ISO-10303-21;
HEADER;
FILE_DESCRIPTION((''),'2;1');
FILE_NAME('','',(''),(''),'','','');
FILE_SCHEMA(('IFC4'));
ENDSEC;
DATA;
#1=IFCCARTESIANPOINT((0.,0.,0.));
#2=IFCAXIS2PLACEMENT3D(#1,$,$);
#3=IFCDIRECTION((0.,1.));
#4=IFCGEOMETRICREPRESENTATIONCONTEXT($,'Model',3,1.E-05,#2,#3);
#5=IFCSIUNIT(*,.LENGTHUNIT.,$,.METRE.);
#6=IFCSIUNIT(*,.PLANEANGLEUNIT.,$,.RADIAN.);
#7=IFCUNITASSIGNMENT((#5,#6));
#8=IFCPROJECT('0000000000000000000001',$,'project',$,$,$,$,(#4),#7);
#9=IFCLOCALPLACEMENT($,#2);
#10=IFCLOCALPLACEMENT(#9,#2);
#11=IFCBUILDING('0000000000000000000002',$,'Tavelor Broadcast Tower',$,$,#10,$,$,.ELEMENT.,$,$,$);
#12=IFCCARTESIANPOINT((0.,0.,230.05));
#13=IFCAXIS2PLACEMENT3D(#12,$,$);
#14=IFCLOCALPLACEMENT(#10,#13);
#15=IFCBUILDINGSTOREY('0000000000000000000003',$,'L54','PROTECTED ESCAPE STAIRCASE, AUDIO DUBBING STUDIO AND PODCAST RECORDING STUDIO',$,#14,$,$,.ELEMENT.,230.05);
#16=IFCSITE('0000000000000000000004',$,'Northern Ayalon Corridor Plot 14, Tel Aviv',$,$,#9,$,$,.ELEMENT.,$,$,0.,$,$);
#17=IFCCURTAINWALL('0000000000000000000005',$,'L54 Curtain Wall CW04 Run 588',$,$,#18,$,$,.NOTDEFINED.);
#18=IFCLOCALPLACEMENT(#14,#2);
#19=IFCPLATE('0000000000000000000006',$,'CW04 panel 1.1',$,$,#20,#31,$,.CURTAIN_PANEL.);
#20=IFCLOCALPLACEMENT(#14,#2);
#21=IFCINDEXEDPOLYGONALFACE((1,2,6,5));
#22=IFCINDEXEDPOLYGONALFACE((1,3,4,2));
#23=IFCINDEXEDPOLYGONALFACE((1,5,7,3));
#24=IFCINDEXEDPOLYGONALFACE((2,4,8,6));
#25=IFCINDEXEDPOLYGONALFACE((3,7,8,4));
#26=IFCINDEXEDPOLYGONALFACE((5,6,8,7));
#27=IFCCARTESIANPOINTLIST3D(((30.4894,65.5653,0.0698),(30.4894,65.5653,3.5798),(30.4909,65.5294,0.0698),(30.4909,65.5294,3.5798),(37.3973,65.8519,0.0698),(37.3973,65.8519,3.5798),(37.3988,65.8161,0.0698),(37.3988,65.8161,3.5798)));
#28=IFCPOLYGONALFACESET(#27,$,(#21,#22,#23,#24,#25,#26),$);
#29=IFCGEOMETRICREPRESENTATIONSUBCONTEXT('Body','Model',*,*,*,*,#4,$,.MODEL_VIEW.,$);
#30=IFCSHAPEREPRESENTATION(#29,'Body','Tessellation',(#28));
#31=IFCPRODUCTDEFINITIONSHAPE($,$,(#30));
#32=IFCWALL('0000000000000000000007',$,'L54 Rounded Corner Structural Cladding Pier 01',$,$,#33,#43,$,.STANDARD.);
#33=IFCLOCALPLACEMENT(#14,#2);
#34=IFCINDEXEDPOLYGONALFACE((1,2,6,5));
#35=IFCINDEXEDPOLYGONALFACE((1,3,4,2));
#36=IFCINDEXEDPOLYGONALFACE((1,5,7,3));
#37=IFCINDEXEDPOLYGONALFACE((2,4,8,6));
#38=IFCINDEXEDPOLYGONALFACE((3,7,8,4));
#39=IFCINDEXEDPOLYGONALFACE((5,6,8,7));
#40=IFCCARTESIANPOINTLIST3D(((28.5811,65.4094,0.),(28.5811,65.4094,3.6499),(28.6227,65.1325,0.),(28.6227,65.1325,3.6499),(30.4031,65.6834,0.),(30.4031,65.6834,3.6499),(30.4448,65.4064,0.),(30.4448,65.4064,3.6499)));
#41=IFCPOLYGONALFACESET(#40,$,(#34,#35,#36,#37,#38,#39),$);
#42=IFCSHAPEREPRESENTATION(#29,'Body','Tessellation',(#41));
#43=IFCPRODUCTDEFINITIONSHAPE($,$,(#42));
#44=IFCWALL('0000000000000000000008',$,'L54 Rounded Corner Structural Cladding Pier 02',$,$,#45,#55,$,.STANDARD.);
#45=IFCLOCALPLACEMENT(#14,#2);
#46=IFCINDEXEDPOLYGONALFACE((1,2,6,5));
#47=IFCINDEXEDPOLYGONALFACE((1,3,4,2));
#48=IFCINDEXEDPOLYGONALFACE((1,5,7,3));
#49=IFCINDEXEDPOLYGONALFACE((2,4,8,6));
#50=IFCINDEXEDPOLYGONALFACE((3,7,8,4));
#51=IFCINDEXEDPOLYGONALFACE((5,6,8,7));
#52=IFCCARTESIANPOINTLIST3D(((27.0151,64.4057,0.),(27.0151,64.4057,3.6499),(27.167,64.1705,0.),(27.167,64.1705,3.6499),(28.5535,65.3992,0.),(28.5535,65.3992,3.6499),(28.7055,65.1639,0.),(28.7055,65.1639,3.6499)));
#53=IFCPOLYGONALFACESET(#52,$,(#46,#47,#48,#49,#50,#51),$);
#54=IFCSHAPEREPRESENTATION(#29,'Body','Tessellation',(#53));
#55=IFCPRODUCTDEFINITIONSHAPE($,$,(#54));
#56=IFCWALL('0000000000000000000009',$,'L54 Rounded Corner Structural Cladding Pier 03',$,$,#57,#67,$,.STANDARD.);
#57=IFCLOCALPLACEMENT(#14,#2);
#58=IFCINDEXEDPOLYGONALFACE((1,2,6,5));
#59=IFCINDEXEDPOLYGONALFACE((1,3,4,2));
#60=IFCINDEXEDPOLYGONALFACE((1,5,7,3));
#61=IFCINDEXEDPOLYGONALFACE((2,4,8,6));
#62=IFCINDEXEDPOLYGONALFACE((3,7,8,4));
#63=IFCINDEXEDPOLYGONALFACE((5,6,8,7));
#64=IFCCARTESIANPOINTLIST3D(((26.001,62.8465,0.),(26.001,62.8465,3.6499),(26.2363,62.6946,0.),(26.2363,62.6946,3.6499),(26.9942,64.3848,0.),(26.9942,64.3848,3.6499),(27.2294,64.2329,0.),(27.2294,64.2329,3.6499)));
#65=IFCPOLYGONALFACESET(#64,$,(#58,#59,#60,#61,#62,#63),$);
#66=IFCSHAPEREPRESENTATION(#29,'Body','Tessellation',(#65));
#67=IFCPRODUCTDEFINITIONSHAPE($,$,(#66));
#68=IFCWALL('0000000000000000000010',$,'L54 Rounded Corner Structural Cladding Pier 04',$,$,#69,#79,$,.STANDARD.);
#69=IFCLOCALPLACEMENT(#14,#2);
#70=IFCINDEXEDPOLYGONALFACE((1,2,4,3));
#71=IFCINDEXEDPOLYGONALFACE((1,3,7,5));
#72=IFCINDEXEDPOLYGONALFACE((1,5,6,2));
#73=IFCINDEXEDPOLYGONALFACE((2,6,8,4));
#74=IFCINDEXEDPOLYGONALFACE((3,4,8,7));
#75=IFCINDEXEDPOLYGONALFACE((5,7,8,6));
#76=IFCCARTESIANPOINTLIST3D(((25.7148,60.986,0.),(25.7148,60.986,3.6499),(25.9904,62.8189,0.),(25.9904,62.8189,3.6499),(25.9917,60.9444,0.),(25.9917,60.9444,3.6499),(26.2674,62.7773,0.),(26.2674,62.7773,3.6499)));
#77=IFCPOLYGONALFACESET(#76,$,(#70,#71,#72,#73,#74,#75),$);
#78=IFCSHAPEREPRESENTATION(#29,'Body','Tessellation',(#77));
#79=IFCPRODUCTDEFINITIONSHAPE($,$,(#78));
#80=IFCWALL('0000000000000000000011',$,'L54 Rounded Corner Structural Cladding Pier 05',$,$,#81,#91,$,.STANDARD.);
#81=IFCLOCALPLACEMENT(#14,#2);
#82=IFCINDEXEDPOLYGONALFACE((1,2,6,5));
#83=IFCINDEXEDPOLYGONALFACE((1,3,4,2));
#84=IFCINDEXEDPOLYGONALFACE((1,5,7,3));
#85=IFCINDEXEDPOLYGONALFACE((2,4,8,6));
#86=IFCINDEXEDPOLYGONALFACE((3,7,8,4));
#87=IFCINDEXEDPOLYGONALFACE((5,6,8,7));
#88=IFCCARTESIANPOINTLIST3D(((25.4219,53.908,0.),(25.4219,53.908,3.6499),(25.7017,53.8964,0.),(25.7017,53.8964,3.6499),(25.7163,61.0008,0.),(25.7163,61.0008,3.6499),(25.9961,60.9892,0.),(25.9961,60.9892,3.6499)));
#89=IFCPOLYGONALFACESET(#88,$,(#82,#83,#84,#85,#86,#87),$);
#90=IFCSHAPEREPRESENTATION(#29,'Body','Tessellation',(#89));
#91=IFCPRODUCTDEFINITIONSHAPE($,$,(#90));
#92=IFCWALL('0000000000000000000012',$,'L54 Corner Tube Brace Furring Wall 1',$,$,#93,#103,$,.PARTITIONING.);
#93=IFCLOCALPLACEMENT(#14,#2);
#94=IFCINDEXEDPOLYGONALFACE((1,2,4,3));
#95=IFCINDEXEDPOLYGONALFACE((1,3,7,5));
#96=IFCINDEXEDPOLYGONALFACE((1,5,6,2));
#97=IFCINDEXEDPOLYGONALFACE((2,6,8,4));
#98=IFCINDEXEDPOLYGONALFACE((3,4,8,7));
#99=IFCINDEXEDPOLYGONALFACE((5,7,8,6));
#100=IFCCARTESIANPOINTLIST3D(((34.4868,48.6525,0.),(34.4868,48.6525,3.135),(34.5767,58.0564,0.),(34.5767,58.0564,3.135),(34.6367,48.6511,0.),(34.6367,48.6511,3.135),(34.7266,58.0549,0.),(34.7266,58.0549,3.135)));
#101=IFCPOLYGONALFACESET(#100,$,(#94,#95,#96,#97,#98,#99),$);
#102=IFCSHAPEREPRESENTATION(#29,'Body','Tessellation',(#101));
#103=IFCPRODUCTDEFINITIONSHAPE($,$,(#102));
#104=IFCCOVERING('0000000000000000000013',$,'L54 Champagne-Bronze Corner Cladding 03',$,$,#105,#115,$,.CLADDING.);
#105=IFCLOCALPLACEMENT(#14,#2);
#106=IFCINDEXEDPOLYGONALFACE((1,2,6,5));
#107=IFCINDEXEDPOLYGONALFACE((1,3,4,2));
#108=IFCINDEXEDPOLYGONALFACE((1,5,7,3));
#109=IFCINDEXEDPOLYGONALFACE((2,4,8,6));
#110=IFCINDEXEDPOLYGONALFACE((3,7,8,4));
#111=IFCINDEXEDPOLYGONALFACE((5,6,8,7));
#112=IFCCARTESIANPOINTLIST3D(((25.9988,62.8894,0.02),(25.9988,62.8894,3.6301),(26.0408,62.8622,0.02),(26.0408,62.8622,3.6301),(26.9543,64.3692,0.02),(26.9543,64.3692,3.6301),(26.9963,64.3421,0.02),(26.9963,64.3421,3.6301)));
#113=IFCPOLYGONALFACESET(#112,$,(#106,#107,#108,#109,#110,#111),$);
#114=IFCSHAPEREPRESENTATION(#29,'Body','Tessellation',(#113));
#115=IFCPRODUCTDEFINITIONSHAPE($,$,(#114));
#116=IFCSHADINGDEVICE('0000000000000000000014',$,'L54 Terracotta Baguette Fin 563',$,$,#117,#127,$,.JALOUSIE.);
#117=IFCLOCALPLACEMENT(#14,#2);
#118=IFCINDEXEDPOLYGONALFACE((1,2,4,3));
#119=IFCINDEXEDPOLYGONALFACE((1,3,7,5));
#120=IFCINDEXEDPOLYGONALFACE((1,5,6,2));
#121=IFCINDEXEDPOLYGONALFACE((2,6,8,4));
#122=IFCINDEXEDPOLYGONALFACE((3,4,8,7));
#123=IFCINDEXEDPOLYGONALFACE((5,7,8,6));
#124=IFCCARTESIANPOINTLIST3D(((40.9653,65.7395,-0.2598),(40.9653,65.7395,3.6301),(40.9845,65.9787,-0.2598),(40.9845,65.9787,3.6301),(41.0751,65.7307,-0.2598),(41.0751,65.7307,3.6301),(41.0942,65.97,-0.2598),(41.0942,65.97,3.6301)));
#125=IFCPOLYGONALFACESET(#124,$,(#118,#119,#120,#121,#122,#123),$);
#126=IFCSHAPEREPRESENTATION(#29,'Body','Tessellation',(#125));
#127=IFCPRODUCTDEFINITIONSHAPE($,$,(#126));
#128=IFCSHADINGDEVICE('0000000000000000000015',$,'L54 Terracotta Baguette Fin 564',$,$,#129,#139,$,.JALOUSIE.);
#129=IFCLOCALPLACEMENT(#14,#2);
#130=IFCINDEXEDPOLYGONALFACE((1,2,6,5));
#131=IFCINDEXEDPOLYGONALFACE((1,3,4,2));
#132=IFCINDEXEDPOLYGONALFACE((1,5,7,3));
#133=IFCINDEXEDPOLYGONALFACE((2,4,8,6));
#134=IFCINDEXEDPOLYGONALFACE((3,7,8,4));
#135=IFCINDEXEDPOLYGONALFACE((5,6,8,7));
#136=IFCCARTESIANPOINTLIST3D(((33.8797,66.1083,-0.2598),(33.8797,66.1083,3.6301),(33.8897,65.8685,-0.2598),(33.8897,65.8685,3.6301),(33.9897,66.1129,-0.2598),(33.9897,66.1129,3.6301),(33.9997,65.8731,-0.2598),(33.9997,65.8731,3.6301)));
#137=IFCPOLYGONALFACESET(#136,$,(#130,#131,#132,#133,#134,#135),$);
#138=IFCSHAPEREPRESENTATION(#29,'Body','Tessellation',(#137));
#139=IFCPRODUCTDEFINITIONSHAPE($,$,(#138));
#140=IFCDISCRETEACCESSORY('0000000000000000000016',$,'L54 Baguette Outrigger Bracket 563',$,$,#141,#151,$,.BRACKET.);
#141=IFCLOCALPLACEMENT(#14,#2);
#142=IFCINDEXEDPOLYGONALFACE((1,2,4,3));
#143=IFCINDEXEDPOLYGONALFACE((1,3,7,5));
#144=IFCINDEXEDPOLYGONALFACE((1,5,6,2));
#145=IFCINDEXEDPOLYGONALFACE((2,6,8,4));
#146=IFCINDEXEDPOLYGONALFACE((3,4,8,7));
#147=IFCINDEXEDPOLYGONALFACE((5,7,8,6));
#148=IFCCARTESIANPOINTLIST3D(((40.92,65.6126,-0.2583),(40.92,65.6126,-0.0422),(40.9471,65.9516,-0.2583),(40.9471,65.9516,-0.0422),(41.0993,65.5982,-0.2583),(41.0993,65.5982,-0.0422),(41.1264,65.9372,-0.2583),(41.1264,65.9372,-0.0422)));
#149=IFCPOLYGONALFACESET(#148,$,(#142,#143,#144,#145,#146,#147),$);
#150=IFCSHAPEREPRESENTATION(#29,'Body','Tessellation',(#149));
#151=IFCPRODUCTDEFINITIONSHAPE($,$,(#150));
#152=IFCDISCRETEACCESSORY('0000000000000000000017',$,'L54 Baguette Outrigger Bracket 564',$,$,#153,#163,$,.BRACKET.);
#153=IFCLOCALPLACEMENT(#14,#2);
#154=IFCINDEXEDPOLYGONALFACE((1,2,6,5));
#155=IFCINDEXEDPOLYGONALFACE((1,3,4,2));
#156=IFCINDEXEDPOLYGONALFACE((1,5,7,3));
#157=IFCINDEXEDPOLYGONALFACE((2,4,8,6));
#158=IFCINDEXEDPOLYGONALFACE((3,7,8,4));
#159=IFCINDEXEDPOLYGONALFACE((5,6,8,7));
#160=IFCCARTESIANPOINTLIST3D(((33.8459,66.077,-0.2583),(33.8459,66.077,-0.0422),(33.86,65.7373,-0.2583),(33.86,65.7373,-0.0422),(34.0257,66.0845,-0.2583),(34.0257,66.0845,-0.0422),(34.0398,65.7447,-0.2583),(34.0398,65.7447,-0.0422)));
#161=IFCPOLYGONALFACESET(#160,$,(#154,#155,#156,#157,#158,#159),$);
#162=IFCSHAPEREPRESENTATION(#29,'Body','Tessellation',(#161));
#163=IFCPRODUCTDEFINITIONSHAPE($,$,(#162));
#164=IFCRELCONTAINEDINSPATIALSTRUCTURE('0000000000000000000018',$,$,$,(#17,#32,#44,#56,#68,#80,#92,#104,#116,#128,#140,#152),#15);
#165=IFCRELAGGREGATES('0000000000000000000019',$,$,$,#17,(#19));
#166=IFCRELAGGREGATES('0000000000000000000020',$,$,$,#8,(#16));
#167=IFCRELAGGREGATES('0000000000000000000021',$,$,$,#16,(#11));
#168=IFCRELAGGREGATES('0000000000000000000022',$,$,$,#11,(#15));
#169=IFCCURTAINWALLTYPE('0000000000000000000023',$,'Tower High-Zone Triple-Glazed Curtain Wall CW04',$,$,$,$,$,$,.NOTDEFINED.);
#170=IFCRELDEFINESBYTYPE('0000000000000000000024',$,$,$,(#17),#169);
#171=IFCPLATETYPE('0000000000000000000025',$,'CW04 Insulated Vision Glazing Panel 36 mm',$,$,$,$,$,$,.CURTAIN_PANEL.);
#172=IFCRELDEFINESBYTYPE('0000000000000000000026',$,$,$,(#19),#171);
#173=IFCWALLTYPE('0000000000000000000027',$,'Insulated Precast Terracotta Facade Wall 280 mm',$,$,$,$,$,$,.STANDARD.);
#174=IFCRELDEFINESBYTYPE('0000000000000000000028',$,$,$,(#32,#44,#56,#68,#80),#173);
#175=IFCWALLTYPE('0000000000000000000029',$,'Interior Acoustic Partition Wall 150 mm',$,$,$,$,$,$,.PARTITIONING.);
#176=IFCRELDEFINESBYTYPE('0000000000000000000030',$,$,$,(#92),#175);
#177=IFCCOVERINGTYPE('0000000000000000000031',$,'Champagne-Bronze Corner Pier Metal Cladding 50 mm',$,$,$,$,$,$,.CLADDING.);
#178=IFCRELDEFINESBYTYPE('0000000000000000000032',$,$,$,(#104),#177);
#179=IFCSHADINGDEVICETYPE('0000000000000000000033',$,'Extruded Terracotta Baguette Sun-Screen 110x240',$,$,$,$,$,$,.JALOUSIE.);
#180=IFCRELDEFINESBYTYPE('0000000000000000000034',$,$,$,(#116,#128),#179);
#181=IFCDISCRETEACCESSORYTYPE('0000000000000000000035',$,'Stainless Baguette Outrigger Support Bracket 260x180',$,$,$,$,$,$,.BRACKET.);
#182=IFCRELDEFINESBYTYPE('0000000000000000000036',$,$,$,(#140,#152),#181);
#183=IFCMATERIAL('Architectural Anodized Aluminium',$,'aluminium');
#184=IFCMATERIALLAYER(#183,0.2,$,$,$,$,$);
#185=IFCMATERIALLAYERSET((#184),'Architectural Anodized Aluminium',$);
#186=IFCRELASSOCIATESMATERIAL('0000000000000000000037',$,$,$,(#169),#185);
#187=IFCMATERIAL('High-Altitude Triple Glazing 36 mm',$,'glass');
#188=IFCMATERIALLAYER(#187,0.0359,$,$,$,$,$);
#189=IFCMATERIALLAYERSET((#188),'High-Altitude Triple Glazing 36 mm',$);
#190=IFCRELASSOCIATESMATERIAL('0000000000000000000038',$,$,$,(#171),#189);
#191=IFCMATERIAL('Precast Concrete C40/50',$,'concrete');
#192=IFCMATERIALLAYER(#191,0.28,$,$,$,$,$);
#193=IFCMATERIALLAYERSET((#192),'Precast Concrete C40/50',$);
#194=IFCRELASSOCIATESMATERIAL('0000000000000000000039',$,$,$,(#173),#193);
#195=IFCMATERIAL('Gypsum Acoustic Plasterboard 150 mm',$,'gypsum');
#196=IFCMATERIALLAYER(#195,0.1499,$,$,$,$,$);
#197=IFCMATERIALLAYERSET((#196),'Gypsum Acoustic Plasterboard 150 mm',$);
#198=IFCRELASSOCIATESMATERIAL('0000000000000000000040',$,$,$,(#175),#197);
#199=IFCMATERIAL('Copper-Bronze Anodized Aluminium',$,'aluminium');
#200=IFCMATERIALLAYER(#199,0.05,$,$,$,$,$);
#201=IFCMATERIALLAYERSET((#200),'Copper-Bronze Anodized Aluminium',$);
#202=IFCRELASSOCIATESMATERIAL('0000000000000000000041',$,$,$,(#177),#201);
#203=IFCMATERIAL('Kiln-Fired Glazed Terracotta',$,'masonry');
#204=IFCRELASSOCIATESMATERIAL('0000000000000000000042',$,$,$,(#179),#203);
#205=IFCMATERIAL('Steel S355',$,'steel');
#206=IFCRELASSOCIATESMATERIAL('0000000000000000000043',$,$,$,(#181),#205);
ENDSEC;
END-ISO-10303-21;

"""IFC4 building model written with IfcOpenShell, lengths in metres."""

from ifc_helpers import new_model, si_unit, direction, frame, frame_2d, origin, origin_2d, place, context, subcontext, project, spatial, rectangle, extrude, source, transform, mapped, material, layer, layer_set, type_object, type_shapes, element, aggregate, save


model = new_model("IFC4")

# Units and contexts
model_context = context("Model", 3, precision=1e-05, world=origin(), true_north=direction((0.0, 1.0)))
body_context = subcontext(model_context, "Body", "Model", "MODEL_VIEW")
ifc_project = project(units=[si_unit("LENGTHUNIT", "METRE"), si_unit("PLANEANGLEUNIT", "RADIAN")], contexts=[model_context])

# Site, building, storey
site_placement = place(None, origin())
site = spatial("IfcSite", under=ifc_project, at=site_placement, Name="Northern Ayalon Corridor Plot 14, Tel Aviv", CompositionType="ELEMENT", RefElevation=0.0)
building_placement = place(site_placement, origin())
building = spatial("IfcBuilding", under=site, at=building_placement, Name="Tavelor Broadcast Tower", CompositionType="ELEMENT")
storey_placement = place(building_placement, frame((0.0, 0.0, 230.05)))
storey = spatial("IfcBuildingStorey", under=building, at=storey_placement, Name="L54", Description="PROTECTED ESCAPE STAIRCASE, AUDIO DUBBING STUDIO AND PODCAST RECORDING STUDIO", CompositionType="ELEMENT", Elevation=230.05)

# Shared definitions
ifc_material_1 = material(Name="Steel S355", Category="steel")

# Shared definitions
ifc_material_2 = material(Name="Architectural Anodized Aluminium", Category="aluminium")
ifc_layer_1 = layer(ifc_material_2, 0.2)
ifc_layer_set_1 = layer_set([ifc_layer_1], Name="Architectural Anodized Aluminium")
curtain_wall_type = type_object("IfcCurtainWallType", Name="Tower High-Zone Triple-Glazed Curtain Wall CW04", PredefinedType="NOTDEFINED", material=ifc_layer_set_1)

# Curtain wall
curtain_wall_1_placement = place(storey_placement, origin())
curtain_wall_1 = element("IfcCurtainWall", 1, at=curtain_wall_1_placement, inside=storey, type_object=curtain_wall_type, Name="L54 Curtain Wall CW04 Run 588", PredefinedType="NOTDEFINED")

# Plate
ifc_material_3 = material(Name="High-Altitude Triple Glazing 36 mm", Category="glass")
ifc_layer_2 = layer(ifc_material_3, 0.0359)
ifc_layer_set_2 = layer_set([ifc_layer_2], Name="High-Altitude Triple Glazing 36 mm")
plate_type_1 = type_object("IfcPlateType", Name="CW04 Insulated Vision Glazing Panel 36 mm", PredefinedType="CURTAIN_PANEL", material=ifc_layer_set_2)
shared_shape_1 = source(origin(), body_context, "Body", "SweptSolid", [
    extrude(rectangle(XDim=6.9138, YDim=0.0359, at=origin_2d()), origin(), (0.0, 0.0, 1.0), 3.51),
])
plate_1_placement = place(storey_placement, frame((33.9441, 65.6907, 0.0698), z_axis=(0.0, 0.0, 1.0), x_axis=(-0.99914, -0.041467, 0.0)))
plate_1 = element("IfcPlate", 2, at=plate_1_placement, type_object=plate_type_1, Name="CW04 panel 1.1", PredefinedType="CURTAIN_PANEL", context=body_context, shape_type="MappedRepresentation", body=[
    mapped(shared_shape_1, transform((0.0, 0.0, 0.0), scale=1.0)),
])
aggregate(curtain_wall_1, [plate_1])

# Walls
ifc_material_4 = material(Name="Precast Concrete C40/50", Category="concrete")
ifc_layer_3 = layer(ifc_material_4, 0.28)
ifc_layer_set_3 = layer_set([ifc_layer_3], Name="Precast Concrete C40/50")
wall_type_1 = type_object("IfcWallType", Name="Insulated Precast Terracotta Facade Wall 280 mm", PredefinedType="STANDARD", material=ifc_layer_set_3)
wall_1_placement = place(storey_placement, frame((30.4241, 65.5449, 0.0), z_axis=(0.0, 0.0, 1.0), x_axis=(-0.988887, -0.148671, 0.0)))
element("IfcWall", 3, at=wall_1_placement, inside=storey, type_object=wall_type_1, Name="L54 Rounded Corner Structural Cladding Pier 01", PredefinedType="STANDARD", context=body_context, shape_type="SweptSolid", body=[
    extrude(rectangle(XDim=1.8425, YDim=0.28, at=frame_2d((0.9214, 0.0))), origin(), (0.0, 0.0, 1.0), 3.6499),
])
wall_2_placement = place(storey_placement, frame((28.6294, 65.2815, 0.0), z_axis=(0.0, 0.0, 1.0), x_axis=(-0.840063, -0.542488, 0.0)))
element("IfcWall", 4, at=wall_2_placement, inside=storey, type_object=wall_type_1, Name="L54 Rounded Corner Structural Cladding Pier 02", PredefinedType="STANDARD", context=body_context, shape_type="SweptSolid", body=[
    extrude(rectangle(XDim=1.8313, YDim=0.28, at=frame_2d((0.9155, 0.0))), origin(), (0.0, 0.0, 1.0), 3.6499),
])
wall_3_placement = place(storey_placement, frame((27.1118, 64.3088, 0.0), z_axis=(0.0, 0.0, 1.0), x_axis=(-0.542394, -0.840124, 0.0)))
element("IfcWall", 5, at=wall_3_placement, inside=storey, type_object=wall_type_1, Name="L54 Rounded Corner Structural Cladding Pier 03", PredefinedType="STANDARD", context=body_context, shape_type="SweptSolid", body=[
    extrude(rectangle(XDim=1.8311, YDim=0.28, at=frame_2d((0.9155, 0.0))), origin(), (0.0, 0.0, 1.0), 3.6499),
])
wall_4_placement = place(storey_placement, frame((26.1289, 62.7981, 0.0), z_axis=(0.0, 0.0, 1.0), x_axis=(-0.148701, -0.988882, 0.0)))
element("IfcWall", 6, at=wall_4_placement, inside=storey, type_object=wall_type_1, Name="L54 Rounded Corner Structural Cladding Pier 04", PredefinedType="STANDARD", context=body_context, shape_type="SweptSolid", body=[
    extrude(rectangle(XDim=1.8535, YDim=0.28, at=frame_2d((0.9268, 0.0))), origin(), (0.0, 0.0, 1.0), 3.6499),
])
wall_5_placement = place(storey_placement, frame((25.8562, 60.9949, 0.0), z_axis=(0.0, 0.0, 1.0), x_axis=(-0.041476, -0.999139, 0.0)))
element("IfcWall", 7, at=wall_5_placement, inside=storey, type_object=wall_type_1, Name="L54 Rounded Corner Structural Cladding Pier 05", PredefinedType="STANDARD", context=body_context, shape_type="SweptSolid", body=[
    extrude(rectangle(XDim=7.0989, YDim=0.28, at=frame_2d((3.5493, 0.0))), origin(), (0.0, 0.0, 1.0), 3.6499),
])
ifc_material_5 = material(Name="Gypsum Acoustic Plasterboard 150 mm", Category="gypsum")
ifc_layer_4 = layer(ifc_material_5, 0.1499)
ifc_layer_set_4 = layer_set([ifc_layer_4], Name="Gypsum Acoustic Plasterboard 150 mm")
wall_type_2 = type_object("IfcWallType", Name="Interior Acoustic Partition Wall 150 mm", PredefinedType="PARTITIONING", material=ifc_layer_set_4)
wall_6_placement = place(storey_placement, frame((34.6516, 58.0557, 0.0), z_axis=(0.0, 0.0, 1.0), x_axis=(-0.009554, -0.999954, 0.0)))
element("IfcWall", 8, at=wall_6_placement, inside=storey, type_object=wall_type_2, Name="L54 Corner Tube Brace Furring Wall 1", PredefinedType="PARTITIONING", context=body_context, shape_type="SweptSolid", body=[
    extrude(rectangle(XDim=9.4043, YDim=0.1499, at=frame_2d((4.7021, 0.0))), origin(), (0.0, 0.0, 1.0), 3.135),
])

# Covering
ifc_material_6 = material(Name="Copper-Bronze Anodized Aluminium", Category="aluminium")
ifc_layer_5 = layer(ifc_material_6, 0.05)
ifc_layer_set_5 = layer_set([ifc_layer_5], Name="Copper-Bronze Anodized Aluminium")
covering_type = type_object("IfcCoveringType", Name="Champagne-Bronze Corner Pier Metal Cladding 50 mm", PredefinedType="CLADDING", material=ifc_layer_set_5)
covering_placement = place(storey_placement, frame((26.4976, 63.6157, 0.02), z_axis=(0.0, 0.0, 1.0), x_axis=(-0.542442, -0.840094, 0.0)))
element("IfcCovering", 9, at=covering_placement, inside=storey, type_object=covering_type, Name="L54 Champagne-Bronze Corner Cladding 03", PredefinedType="CLADDING", context=body_context, shape_type="SweptSolid", body=[
    extrude(rectangle(XDim=1.7615, YDim=0.05, at=origin_2d()), origin(), (0.0, 0.0, 1.0), 3.6101),
])

# Shading devices
ifc_material_7 = material(Name="Kiln-Fired Glazed Terracotta", Category="masonry")
shading_device_type = type_object("IfcShadingDeviceType", Name="Extruded Terracotta Baguette Sun-Screen 110x240", PredefinedType="JALOUSIE", material=ifc_material_7)
shared_shape_2 = source(origin(), body_context, "Body", "SweptSolid", [
    extrude(rectangle(XDim=0.1101, YDim=0.24, at=origin_2d()), origin(), (0.0, 0.0, 1.0), 3.8899),
])
type_shapes(shading_device_type, [shared_shape_2])
for number, where, z_axis, x_axis, name in (
    (10, (41.0298, 65.8547, -0.2598), (0.0, 0.0, 1.0), (-0.996821, 0.079677, 0.0), "L54 Terracotta Baguette Fin 563"),
    (11, (33.9397, 65.9907, -0.2598), (0.0, 0.0, 1.0), (-0.999137, -0.041527, 0.0), "L54 Terracotta Baguette Fin 564"),
):
    element("IfcShadingDevice", number, at=place(storey_placement, frame(where, z_axis=z_axis, x_axis=x_axis)), inside=storey, type_object=shading_device_type, Name=name, PredefinedType="JALOUSIE", context=body_context, shape_type="MappedRepresentation", body=[
        mapped(shared_shape_2, transform((0.0, 0.0, 0.0), scale=1.0)),
    ])

# Discrete accessories
discrete_accessory_type = type_object("IfcDiscreteAccessoryType", Name="Stainless Baguette Outrigger Support Bracket 260x180", PredefinedType="BRACKET", material=ifc_material_1)
shared_shape_3 = source(origin(), body_context, "Body", "SweptSolid", [
    extrude(rectangle(XDim=0.1799, YDim=0.3401, at=origin_2d()), origin(), (0.0, 0.0, 1.0), 0.2161),
])
type_shapes(discrete_accessory_type, [shared_shape_3])
for number, where, z_axis, x_axis, name in (
    (12, (41.0232, 65.7749, -0.2583), (0.0, 0.0, 1.0), (-0.996821, 0.079677, 0.0), "L54 Baguette Outrigger Bracket 563"),
    (13, (33.9429, 65.9109, -0.2583), (0.0, 0.0, 1.0), (-0.999137, -0.041527, 0.0), "L54 Baguette Outrigger Bracket 564"),
):
    element("IfcDiscreteAccessory", number, at=place(storey_placement, frame(where, z_axis=z_axis, x_axis=x_axis)), inside=storey, type_object=discrete_accessory_type, Name=name, PredefinedType="BRACKET", context=body_context, shape_type="MappedRepresentation", body=[
        mapped(shared_shape_3, transform((0.0, 0.0, 0.0), scale=1.0)),
    ])

save(model, "model.ifc")
